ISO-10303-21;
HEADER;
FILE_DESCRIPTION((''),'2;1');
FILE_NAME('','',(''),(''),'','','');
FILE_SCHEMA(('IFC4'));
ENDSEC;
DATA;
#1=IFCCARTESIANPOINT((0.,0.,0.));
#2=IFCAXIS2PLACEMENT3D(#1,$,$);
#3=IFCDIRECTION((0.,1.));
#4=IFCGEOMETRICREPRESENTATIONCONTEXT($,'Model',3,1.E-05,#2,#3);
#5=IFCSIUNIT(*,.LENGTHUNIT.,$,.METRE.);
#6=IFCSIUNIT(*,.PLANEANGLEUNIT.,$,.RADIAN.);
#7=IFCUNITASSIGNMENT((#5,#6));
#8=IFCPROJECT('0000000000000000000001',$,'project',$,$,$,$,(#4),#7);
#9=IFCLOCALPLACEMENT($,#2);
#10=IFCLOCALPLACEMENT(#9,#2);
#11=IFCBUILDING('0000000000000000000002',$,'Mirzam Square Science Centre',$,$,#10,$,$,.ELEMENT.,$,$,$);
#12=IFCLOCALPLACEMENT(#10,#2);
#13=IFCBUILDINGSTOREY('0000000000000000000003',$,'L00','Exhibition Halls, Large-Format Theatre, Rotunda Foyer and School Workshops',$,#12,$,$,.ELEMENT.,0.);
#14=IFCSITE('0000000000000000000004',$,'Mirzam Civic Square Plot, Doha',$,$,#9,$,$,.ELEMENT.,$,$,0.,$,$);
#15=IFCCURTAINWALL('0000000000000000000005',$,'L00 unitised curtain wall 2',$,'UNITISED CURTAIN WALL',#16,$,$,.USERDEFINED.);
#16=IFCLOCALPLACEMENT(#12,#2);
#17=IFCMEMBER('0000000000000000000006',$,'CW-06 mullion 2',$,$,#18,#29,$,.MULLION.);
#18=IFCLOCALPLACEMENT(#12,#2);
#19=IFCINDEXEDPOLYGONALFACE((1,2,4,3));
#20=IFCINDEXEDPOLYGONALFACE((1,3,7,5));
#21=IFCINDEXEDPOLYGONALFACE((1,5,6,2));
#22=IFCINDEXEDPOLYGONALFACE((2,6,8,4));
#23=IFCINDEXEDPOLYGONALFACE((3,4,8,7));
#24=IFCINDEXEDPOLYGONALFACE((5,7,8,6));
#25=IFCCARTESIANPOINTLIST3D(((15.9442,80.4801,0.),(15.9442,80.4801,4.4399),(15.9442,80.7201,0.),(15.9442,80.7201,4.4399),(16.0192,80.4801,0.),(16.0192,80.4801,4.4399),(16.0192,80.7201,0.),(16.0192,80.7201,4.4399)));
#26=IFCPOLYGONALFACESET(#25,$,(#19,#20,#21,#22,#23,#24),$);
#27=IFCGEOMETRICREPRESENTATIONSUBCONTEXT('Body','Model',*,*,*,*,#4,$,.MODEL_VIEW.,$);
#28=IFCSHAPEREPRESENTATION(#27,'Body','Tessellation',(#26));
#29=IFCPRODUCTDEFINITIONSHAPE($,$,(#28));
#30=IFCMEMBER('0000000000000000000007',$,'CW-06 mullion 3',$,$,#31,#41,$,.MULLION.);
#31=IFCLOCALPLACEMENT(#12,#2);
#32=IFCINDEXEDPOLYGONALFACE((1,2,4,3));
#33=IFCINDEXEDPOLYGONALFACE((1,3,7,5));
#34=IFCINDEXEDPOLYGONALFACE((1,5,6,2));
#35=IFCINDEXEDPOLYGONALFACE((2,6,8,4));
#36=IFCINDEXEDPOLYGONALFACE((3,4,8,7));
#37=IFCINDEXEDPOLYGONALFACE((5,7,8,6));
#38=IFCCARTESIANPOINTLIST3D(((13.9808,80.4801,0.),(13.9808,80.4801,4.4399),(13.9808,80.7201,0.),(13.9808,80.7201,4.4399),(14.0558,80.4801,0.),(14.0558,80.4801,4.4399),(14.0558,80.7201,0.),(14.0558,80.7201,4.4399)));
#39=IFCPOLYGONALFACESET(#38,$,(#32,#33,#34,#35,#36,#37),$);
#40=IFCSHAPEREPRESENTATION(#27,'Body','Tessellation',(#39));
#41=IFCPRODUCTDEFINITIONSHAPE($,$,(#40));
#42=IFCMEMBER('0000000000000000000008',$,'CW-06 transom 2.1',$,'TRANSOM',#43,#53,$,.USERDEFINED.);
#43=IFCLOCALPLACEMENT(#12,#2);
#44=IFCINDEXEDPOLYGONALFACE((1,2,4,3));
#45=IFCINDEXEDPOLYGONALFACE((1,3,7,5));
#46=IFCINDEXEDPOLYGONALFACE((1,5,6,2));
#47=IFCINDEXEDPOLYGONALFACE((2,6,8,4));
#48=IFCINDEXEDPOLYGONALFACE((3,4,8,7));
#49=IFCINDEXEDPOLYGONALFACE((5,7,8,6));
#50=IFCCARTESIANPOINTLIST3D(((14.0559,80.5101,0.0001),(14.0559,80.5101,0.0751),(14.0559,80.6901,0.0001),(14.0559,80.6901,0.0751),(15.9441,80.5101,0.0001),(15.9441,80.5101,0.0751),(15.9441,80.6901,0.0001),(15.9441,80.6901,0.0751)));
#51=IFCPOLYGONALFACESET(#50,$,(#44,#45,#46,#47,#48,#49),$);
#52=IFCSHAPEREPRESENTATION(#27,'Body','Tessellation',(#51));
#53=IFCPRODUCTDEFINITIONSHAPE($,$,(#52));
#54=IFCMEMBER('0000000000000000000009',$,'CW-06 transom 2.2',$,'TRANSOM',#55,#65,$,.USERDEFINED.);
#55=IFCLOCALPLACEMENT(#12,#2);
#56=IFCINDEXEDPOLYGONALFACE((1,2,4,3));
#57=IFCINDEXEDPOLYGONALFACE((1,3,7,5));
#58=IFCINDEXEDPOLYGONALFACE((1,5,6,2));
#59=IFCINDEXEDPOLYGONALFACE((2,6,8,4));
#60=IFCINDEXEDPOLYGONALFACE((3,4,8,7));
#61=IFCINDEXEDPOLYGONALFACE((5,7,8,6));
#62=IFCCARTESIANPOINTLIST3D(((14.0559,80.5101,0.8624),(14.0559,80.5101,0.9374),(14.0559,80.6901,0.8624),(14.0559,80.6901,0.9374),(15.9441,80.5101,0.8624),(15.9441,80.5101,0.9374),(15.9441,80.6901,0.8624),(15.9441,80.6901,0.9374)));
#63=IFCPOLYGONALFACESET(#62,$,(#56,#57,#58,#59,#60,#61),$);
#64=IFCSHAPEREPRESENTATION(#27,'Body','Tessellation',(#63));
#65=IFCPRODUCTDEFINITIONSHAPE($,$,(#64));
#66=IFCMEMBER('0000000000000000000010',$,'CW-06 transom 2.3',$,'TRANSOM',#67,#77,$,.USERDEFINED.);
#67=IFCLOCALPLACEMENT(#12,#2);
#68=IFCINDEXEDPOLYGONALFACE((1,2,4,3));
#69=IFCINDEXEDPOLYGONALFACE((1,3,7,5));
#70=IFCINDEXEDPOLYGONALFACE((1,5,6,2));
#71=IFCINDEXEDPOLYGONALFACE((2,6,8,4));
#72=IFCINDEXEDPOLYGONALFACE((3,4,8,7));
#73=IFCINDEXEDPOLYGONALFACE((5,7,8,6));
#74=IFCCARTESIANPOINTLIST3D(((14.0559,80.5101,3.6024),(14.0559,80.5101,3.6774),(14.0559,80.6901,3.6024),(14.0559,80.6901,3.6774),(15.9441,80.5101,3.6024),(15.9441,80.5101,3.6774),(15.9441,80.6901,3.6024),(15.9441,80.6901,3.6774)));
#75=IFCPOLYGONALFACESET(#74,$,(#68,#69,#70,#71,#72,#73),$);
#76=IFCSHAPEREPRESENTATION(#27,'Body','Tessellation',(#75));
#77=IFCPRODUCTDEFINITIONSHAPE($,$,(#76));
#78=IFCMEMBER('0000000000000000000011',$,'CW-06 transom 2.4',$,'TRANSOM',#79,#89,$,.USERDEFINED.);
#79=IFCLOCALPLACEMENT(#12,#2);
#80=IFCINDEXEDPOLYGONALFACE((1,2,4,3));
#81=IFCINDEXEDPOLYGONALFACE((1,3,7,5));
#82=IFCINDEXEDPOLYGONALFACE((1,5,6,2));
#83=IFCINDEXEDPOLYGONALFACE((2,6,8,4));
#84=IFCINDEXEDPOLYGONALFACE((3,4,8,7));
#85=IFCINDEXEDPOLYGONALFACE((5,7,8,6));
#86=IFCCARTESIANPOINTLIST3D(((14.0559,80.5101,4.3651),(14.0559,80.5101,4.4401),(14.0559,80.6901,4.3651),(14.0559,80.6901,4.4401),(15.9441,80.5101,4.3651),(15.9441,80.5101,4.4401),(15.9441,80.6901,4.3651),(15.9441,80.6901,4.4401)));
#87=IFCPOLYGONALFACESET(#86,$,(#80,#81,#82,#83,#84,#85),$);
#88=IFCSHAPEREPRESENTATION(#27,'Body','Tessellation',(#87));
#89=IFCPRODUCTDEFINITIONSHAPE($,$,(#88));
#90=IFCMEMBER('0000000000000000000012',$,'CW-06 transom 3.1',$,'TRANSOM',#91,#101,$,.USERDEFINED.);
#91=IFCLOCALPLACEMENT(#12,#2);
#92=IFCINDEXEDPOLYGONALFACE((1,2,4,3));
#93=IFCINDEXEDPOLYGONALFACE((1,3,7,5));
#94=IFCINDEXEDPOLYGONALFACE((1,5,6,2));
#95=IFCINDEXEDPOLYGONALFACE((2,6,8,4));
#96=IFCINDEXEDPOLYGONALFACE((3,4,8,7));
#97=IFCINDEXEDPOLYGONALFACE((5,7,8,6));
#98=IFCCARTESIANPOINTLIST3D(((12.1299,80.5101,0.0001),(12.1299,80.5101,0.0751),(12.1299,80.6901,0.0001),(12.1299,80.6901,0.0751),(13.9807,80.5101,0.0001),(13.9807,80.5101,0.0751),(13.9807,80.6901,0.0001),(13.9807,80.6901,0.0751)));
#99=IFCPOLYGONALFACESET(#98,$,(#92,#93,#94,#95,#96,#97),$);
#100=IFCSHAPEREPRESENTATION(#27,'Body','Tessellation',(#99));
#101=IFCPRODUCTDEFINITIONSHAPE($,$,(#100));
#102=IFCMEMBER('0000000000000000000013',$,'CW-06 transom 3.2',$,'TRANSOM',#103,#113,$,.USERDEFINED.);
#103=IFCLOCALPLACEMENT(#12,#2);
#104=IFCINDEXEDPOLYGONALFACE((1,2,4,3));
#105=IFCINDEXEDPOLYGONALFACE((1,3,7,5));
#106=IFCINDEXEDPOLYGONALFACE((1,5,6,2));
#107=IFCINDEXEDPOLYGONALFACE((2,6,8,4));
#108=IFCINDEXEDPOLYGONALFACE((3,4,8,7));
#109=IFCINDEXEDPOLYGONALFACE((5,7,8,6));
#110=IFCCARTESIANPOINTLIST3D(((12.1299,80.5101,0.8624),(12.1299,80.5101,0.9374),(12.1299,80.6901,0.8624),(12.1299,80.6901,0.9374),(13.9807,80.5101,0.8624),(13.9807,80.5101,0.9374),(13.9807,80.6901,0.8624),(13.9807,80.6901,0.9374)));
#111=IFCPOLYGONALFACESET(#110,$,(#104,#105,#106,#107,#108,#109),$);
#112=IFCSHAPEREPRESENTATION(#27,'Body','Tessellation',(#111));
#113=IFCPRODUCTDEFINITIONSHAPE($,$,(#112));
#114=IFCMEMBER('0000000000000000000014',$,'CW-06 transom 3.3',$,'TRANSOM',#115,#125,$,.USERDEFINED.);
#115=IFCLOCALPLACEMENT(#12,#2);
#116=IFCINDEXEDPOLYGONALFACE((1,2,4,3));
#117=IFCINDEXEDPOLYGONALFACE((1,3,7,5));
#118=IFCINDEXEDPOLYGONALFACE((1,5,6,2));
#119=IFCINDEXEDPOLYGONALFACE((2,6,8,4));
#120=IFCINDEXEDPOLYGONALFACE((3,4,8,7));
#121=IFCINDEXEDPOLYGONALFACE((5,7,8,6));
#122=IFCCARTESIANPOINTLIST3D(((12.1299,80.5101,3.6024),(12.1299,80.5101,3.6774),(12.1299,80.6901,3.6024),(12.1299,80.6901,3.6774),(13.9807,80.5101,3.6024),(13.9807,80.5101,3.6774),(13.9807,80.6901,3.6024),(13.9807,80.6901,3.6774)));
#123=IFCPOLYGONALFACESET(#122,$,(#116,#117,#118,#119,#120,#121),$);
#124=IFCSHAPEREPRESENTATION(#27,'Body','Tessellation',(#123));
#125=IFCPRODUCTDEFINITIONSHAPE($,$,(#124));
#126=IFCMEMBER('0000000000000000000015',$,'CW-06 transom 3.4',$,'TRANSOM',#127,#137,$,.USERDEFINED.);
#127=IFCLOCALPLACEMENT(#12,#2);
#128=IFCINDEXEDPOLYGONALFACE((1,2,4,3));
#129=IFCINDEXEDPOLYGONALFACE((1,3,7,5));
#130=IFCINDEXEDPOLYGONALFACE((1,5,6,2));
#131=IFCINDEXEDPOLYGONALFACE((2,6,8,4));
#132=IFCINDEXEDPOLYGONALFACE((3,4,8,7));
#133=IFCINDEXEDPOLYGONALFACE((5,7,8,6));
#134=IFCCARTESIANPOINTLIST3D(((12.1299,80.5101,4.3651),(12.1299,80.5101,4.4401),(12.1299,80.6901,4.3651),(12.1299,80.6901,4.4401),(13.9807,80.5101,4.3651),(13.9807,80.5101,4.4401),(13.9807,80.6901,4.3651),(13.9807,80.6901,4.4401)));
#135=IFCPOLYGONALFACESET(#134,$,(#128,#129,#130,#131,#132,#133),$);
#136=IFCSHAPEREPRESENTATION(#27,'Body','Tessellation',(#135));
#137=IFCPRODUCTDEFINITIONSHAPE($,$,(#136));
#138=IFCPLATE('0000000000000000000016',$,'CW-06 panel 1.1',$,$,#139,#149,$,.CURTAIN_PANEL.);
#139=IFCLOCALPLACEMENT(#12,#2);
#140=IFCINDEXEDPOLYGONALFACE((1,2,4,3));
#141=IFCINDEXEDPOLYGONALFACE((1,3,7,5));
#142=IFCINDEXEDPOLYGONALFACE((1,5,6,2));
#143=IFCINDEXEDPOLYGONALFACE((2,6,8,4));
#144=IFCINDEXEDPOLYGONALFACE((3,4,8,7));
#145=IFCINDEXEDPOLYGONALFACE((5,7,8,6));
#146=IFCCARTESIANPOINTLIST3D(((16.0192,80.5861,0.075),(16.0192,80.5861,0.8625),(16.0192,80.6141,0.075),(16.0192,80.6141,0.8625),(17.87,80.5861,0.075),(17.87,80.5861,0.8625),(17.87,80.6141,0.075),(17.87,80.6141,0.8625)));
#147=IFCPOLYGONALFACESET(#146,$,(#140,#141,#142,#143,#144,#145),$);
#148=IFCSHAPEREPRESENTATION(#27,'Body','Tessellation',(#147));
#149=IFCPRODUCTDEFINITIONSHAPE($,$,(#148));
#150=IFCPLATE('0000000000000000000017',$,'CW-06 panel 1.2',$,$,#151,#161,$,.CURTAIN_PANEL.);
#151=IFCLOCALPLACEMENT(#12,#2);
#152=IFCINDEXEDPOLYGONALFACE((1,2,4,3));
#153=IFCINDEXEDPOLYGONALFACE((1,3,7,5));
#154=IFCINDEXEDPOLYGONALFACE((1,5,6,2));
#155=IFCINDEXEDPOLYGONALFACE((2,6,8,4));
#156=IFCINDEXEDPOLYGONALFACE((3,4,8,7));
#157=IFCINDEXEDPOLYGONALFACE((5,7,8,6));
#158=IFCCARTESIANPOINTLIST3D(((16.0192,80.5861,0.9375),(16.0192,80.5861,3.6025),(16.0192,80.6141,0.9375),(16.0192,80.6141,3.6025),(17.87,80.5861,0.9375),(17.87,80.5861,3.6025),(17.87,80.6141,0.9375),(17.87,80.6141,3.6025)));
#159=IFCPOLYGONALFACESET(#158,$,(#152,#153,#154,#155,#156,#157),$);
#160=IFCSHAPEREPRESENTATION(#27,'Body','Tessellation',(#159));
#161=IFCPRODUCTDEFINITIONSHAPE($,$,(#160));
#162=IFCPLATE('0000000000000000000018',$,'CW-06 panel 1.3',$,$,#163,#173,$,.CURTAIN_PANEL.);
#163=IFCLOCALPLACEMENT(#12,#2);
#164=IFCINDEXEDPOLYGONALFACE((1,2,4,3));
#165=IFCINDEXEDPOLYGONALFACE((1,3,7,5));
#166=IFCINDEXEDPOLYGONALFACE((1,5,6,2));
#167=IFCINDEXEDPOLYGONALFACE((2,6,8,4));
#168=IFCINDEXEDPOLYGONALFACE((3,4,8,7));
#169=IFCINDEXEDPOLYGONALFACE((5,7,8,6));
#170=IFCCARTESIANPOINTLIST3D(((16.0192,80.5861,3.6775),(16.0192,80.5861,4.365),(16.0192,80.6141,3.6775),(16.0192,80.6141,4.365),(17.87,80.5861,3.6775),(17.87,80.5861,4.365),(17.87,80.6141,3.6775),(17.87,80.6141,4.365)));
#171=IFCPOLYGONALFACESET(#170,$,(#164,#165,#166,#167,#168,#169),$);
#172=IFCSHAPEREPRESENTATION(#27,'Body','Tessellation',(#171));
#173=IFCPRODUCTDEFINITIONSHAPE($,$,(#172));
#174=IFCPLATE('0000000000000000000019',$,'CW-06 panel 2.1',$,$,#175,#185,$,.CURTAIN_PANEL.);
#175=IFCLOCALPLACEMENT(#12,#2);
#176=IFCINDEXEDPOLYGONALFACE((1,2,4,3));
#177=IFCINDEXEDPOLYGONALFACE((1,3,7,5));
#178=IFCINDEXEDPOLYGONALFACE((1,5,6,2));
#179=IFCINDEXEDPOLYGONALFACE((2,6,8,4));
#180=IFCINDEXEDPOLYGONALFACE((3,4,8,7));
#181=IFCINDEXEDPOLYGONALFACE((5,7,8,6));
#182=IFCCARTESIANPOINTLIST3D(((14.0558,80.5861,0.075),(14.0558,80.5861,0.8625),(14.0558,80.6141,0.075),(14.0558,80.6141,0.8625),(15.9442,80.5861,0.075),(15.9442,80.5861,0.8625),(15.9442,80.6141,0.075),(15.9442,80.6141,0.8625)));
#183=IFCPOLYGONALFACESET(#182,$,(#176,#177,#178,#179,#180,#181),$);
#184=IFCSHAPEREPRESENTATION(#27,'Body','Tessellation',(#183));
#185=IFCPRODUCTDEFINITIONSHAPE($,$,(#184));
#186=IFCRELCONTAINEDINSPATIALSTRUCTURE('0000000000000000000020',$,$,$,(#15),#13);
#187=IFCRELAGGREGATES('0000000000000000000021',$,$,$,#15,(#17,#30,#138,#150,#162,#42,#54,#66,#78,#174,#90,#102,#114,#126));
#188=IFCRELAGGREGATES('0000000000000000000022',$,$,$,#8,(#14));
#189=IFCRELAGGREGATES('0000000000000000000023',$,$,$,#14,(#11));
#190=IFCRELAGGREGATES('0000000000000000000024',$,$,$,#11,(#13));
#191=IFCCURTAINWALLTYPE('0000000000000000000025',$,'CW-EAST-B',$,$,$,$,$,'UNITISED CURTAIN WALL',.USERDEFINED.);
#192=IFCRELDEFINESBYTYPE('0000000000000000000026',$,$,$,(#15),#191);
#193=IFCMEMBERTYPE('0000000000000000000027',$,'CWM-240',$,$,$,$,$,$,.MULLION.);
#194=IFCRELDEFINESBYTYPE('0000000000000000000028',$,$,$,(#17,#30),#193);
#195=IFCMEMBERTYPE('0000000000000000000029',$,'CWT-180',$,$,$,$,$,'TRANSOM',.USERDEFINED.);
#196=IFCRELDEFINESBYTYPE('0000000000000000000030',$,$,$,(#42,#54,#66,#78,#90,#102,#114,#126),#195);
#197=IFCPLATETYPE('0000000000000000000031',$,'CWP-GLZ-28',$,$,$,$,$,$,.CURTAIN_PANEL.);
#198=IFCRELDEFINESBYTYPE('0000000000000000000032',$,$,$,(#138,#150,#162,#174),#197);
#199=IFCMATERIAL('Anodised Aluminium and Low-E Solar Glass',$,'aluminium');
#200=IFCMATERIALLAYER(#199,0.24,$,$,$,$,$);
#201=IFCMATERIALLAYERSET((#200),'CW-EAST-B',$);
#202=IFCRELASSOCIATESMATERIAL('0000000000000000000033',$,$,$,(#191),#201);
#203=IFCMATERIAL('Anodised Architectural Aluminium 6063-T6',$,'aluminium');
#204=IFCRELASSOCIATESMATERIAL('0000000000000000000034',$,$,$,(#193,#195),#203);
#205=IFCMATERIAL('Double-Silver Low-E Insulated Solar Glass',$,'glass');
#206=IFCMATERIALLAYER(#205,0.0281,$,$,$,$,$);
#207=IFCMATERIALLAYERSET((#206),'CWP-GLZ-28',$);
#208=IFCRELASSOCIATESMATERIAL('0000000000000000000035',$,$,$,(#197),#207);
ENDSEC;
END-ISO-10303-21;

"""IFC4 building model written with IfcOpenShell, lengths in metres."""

from ifc_helpers import new_model, si_unit, direction, frame, origin, origin_2d, place, context, subcontext, project, spatial, rectangle, extrude, material, layer, layer_set, material_profile, profile_set, type_object, element, aggregate, save


model = new_model("IFC4")

# Units and contexts
model_context = context("Model", 3, precision=1e-05, world=origin(), true_north=direction((0.0, 1.0)))
body_context = subcontext(model_context, "Body", "Model", "MODEL_VIEW")
ifc_project = project(units=[si_unit("LENGTHUNIT", "METRE"), si_unit("PLANEANGLEUNIT", "RADIAN")], contexts=[model_context])

# Site, building, storey
site_placement = place(None, origin())
site = spatial("IfcSite", under=ifc_project, at=site_placement, Name="Mirzam Civic Square Plot, Doha", CompositionType="ELEMENT", RefElevation=0.0)
building_placement = place(site_placement, origin())
building = spatial("IfcBuilding", under=site, at=building_placement, Name="Mirzam Square Science Centre", CompositionType="ELEMENT")
storey_placement = place(building_placement, origin())
storey = spatial("IfcBuildingStorey", under=building, at=storey_placement, Name="L00", Description="Exhibition Halls, Large-Format Theatre, Rotunda Foyer and School Workshops", CompositionType="ELEMENT", Elevation=0.0)

# Curtain wall, members, plates
ifc_material_1 = material(Name="Anodised Aluminium and Low-E Solar Glass", Category="aluminium")
ifc_layer_1 = layer(ifc_material_1, 0.24)
ifc_layer_set_1 = layer_set([ifc_layer_1], Name="CW-EAST-B")
curtain_wall_type = type_object("IfcCurtainWallType", Name="CW-EAST-B", ElementType="UNITISED CURTAIN WALL", PredefinedType="USERDEFINED", material=ifc_layer_set_1)
curtain_wall_placement = place(storey_placement, origin())
curtain_wall = element("IfcCurtainWall", 1, at=curtain_wall_placement, inside=storey, type_object=curtain_wall_type, Name="L00 unitised curtain wall 2", ObjectType="UNITISED CURTAIN WALL", PredefinedType="USERDEFINED")
ifc_material_2 = material(Name="Anodised Architectural Aluminium 6063-T6", Category="aluminium")
ifc_material_profile_1 = material_profile(ifc_material_2, rectangle(XDim=0.075, YDim=0.24, at=origin_2d()), Name="ALU-MULL-240x75x5")
ifc_profile_set_1 = profile_set([ifc_material_profile_1], Name="Anodised Architectural Aluminium 6063-T6")
member_type_1 = type_object("IfcMemberType", Name="CWM-240", PredefinedType="MULLION", material=ifc_profile_set_1)
member_1_placement = place(storey_placement, frame((15.9817, 80.6001, 0.0), z_axis=(0.0, 0.0, 1.0), x_axis=(-1.0, 0.0, 0.0)))
member_1 = element("IfcMember", 2, at=member_1_placement, type_object=member_type_1, Name="CW-06 mullion 2", PredefinedType="MULLION", context=body_context, shape_type="SweptSolid", body=[
    extrude(rectangle(XDim=0.075, YDim=0.24, at=origin_2d()), origin(), (0.0, 0.0, 1.0), 4.4399),
])
member_2_placement = place(storey_placement, frame((14.0183, 80.6001, 0.0), z_axis=(0.0, 0.0, 1.0), x_axis=(-1.0, 0.0, 0.0)))
member_2 = element("IfcMember", 3, at=member_2_placement, type_object=member_type_1, Name="CW-06 mullion 3", PredefinedType="MULLION", context=body_context, shape_type="SweptSolid", body=[
    extrude(rectangle(XDim=0.075, YDim=0.24, at=origin_2d()), origin(), (0.0, 0.0, 1.0), 4.4399),
])
ifc_material_profile_2 = material_profile(ifc_material_2, rectangle(XDim=0.1799, YDim=0.075, at=origin_2d()), Name="ALU-TRAN-180x75x5")
ifc_profile_set_2 = profile_set([ifc_material_profile_2], Name="Anodised Architectural Aluminium 6063-T6")
member_type_2 = type_object("IfcMemberType", Name="CWT-180", ElementType="TRANSOM", PredefinedType="USERDEFINED", material=ifc_profile_set_2)
member_3_placement = place(storey_placement, frame((15.9441, 80.6001, 0.0376), z_axis=(-1.0, 0.0, 0.0), x_axis=(0.0, -1.0, 0.0)))
member_3 = element("IfcMember", 4, at=member_3_placement, type_object=member_type_2, Name="CW-06 transom 2.1", ObjectType="TRANSOM", PredefinedType="USERDEFINED", context=body_context, shape_type="SweptSolid", body=[
    extrude(rectangle(XDim=0.1799, YDim=0.075, at=origin_2d()), origin(), (0.0, 0.0, 1.0), 1.8882),
])
member_4_placement = place(storey_placement, frame((15.9441, 80.6001, 0.8999), z_axis=(-1.0, 0.0, 0.0), x_axis=(0.0, -1.0, 0.0)))
member_4 = element("IfcMember", 5, at=member_4_placement, type_object=member_type_2, Name="CW-06 transom 2.2", ObjectType="TRANSOM", PredefinedType="USERDEFINED", context=body_context, shape_type="SweptSolid", body=[
    extrude(rectangle(XDim=0.1799, YDim=0.075, at=origin_2d()), origin(), (0.0, 0.0, 1.0), 1.8882),
])
member_5_placement = place(storey_placement, frame((15.9441, 80.6001, 3.6399), z_axis=(-1.0, 0.0, 0.0), x_axis=(0.0, -1.0, 0.0)))
member_5 = element("IfcMember", 6, at=member_5_placement, type_object=member_type_2, Name="CW-06 transom 2.3", ObjectType="TRANSOM", PredefinedType="USERDEFINED", context=body_context, shape_type="SweptSolid", body=[
    extrude(rectangle(XDim=0.1799, YDim=0.075, at=origin_2d()), origin(), (0.0, 0.0, 1.0), 1.8882),
])
member_6_placement = place(storey_placement, frame((15.9441, 80.6001, 4.4026), z_axis=(-1.0, 0.0, 0.0), x_axis=(0.0, -1.0, 0.0)))
member_6 = element("IfcMember", 7, at=member_6_placement, type_object=member_type_2, Name="CW-06 transom 2.4", ObjectType="TRANSOM", PredefinedType="USERDEFINED", context=body_context, shape_type="SweptSolid", body=[
    extrude(rectangle(XDim=0.1799, YDim=0.075, at=origin_2d()), origin(), (0.0, 0.0, 1.0), 1.8882),
])
member_7_placement = place(storey_placement, frame((13.9807, 80.6001, 0.0376), z_axis=(-1.0, 0.0, 0.0), x_axis=(0.0, -1.0, 0.0)))
member_7 = element("IfcMember", 8, at=member_7_placement, type_object=member_type_2, Name="CW-06 transom 3.1", ObjectType="TRANSOM", PredefinedType="USERDEFINED", context=body_context, shape_type="SweptSolid", body=[
    extrude(rectangle(XDim=0.1799, YDim=0.075, at=origin_2d()), origin(), (0.0, 0.0, 1.0), 1.8508),
])
member_8_placement = place(storey_placement, frame((13.9807, 80.6001, 0.8999), z_axis=(-1.0, 0.0, 0.0), x_axis=(0.0, -1.0, 0.0)))
member_8 = element("IfcMember", 9, at=member_8_placement, type_object=member_type_2, Name="CW-06 transom 3.2", ObjectType="TRANSOM", PredefinedType="USERDEFINED", context=body_context, shape_type="SweptSolid", body=[
    extrude(rectangle(XDim=0.1799, YDim=0.075, at=origin_2d()), origin(), (0.0, 0.0, 1.0), 1.8508),
])
member_9_placement = place(storey_placement, frame((13.9807, 80.6001, 3.6399), z_axis=(-1.0, 0.0, 0.0), x_axis=(0.0, -1.0, 0.0)))
member_9 = element("IfcMember", 10, at=member_9_placement, type_object=member_type_2, Name="CW-06 transom 3.3", ObjectType="TRANSOM", PredefinedType="USERDEFINED", context=body_context, shape_type="SweptSolid", body=[
    extrude(rectangle(XDim=0.1799, YDim=0.075, at=origin_2d()), origin(), (0.0, 0.0, 1.0), 1.8508),
])
member_10_placement = place(storey_placement, frame((13.9807, 80.6001, 4.4026), z_axis=(-1.0, 0.0, 0.0), x_axis=(0.0, -1.0, 0.0)))
member_10 = element("IfcMember", 11, at=member_10_placement, type_object=member_type_2, Name="CW-06 transom 3.4", ObjectType="TRANSOM", PredefinedType="USERDEFINED", context=body_context, shape_type="SweptSolid", body=[
    extrude(rectangle(XDim=0.1799, YDim=0.075, at=origin_2d()), origin(), (0.0, 0.0, 1.0), 1.8508),
])
ifc_material_3 = material(Name="Double-Silver Low-E Insulated Solar Glass", Category="glass")
ifc_layer_2 = layer(ifc_material_3, 0.0281)
ifc_layer_set_2 = layer_set([ifc_layer_2], Name="CWP-GLZ-28")
plate_type = type_object("IfcPlateType", Name="CWP-GLZ-28", PredefinedType="CURTAIN_PANEL", material=ifc_layer_set_2)
plate_1_placement = place(storey_placement, frame((16.9446, 80.6001, 0.075), z_axis=(0.0, 0.0, 1.0), x_axis=(-1.0, 0.0, 0.0)))
plate_1 = element("IfcPlate", 12, at=plate_1_placement, type_object=plate_type, Name="CW-06 panel 1.1", PredefinedType="CURTAIN_PANEL", context=body_context, shape_type="SweptSolid", body=[
    extrude(rectangle(XDim=1.8508, YDim=0.0281, at=origin_2d()), origin(), (0.0, 0.0, 1.0), 0.7876),
])
plate_2_placement = place(storey_placement, frame((16.9446, 80.6001, 0.9375), z_axis=(0.0, 0.0, 1.0), x_axis=(-1.0, 0.0, 0.0)))
plate_2 = element("IfcPlate", 13, at=plate_2_placement, type_object=plate_type, Name="CW-06 panel 1.2", PredefinedType="CURTAIN_PANEL", context=body_context, shape_type="SweptSolid", body=[
    extrude(rectangle(XDim=1.8508, YDim=0.0281, at=origin_2d()), origin(), (0.0, 0.0, 1.0), 2.665),
])
plate_3_placement = place(storey_placement, frame((16.9446, 80.6001, 3.6775), z_axis=(0.0, 0.0, 1.0), x_axis=(-1.0, 0.0, 0.0)))
plate_3 = element("IfcPlate", 14, at=plate_3_placement, type_object=plate_type, Name="CW-06 panel 1.3", PredefinedType="CURTAIN_PANEL", context=body_context, shape_type="SweptSolid", body=[
    extrude(rectangle(XDim=1.8508, YDim=0.0281, at=origin_2d()), origin(), (0.0, 0.0, 1.0), 0.6875),
])
plate_4_placement = place(storey_placement, frame((15.0, 80.6001, 0.075), z_axis=(0.0, 0.0, 1.0), x_axis=(-1.0, 0.0, 0.0)))
plate_4 = element("IfcPlate", 15, at=plate_4_placement, type_object=plate_type, Name="CW-06 panel 2.1", PredefinedType="CURTAIN_PANEL", context=body_context, shape_type="SweptSolid", body=[
    extrude(rectangle(XDim=1.8884, YDim=0.0281, at=origin_2d()), origin(), (0.0, 0.0, 1.0), 0.7876),
])
aggregate(curtain_wall, [member_1, member_2, plate_1, plate_2, plate_3, member_3, member_4, member_5, member_6, plate_4, member_7, member_8, member_9, member_10])

save(model, "model.ifc")
